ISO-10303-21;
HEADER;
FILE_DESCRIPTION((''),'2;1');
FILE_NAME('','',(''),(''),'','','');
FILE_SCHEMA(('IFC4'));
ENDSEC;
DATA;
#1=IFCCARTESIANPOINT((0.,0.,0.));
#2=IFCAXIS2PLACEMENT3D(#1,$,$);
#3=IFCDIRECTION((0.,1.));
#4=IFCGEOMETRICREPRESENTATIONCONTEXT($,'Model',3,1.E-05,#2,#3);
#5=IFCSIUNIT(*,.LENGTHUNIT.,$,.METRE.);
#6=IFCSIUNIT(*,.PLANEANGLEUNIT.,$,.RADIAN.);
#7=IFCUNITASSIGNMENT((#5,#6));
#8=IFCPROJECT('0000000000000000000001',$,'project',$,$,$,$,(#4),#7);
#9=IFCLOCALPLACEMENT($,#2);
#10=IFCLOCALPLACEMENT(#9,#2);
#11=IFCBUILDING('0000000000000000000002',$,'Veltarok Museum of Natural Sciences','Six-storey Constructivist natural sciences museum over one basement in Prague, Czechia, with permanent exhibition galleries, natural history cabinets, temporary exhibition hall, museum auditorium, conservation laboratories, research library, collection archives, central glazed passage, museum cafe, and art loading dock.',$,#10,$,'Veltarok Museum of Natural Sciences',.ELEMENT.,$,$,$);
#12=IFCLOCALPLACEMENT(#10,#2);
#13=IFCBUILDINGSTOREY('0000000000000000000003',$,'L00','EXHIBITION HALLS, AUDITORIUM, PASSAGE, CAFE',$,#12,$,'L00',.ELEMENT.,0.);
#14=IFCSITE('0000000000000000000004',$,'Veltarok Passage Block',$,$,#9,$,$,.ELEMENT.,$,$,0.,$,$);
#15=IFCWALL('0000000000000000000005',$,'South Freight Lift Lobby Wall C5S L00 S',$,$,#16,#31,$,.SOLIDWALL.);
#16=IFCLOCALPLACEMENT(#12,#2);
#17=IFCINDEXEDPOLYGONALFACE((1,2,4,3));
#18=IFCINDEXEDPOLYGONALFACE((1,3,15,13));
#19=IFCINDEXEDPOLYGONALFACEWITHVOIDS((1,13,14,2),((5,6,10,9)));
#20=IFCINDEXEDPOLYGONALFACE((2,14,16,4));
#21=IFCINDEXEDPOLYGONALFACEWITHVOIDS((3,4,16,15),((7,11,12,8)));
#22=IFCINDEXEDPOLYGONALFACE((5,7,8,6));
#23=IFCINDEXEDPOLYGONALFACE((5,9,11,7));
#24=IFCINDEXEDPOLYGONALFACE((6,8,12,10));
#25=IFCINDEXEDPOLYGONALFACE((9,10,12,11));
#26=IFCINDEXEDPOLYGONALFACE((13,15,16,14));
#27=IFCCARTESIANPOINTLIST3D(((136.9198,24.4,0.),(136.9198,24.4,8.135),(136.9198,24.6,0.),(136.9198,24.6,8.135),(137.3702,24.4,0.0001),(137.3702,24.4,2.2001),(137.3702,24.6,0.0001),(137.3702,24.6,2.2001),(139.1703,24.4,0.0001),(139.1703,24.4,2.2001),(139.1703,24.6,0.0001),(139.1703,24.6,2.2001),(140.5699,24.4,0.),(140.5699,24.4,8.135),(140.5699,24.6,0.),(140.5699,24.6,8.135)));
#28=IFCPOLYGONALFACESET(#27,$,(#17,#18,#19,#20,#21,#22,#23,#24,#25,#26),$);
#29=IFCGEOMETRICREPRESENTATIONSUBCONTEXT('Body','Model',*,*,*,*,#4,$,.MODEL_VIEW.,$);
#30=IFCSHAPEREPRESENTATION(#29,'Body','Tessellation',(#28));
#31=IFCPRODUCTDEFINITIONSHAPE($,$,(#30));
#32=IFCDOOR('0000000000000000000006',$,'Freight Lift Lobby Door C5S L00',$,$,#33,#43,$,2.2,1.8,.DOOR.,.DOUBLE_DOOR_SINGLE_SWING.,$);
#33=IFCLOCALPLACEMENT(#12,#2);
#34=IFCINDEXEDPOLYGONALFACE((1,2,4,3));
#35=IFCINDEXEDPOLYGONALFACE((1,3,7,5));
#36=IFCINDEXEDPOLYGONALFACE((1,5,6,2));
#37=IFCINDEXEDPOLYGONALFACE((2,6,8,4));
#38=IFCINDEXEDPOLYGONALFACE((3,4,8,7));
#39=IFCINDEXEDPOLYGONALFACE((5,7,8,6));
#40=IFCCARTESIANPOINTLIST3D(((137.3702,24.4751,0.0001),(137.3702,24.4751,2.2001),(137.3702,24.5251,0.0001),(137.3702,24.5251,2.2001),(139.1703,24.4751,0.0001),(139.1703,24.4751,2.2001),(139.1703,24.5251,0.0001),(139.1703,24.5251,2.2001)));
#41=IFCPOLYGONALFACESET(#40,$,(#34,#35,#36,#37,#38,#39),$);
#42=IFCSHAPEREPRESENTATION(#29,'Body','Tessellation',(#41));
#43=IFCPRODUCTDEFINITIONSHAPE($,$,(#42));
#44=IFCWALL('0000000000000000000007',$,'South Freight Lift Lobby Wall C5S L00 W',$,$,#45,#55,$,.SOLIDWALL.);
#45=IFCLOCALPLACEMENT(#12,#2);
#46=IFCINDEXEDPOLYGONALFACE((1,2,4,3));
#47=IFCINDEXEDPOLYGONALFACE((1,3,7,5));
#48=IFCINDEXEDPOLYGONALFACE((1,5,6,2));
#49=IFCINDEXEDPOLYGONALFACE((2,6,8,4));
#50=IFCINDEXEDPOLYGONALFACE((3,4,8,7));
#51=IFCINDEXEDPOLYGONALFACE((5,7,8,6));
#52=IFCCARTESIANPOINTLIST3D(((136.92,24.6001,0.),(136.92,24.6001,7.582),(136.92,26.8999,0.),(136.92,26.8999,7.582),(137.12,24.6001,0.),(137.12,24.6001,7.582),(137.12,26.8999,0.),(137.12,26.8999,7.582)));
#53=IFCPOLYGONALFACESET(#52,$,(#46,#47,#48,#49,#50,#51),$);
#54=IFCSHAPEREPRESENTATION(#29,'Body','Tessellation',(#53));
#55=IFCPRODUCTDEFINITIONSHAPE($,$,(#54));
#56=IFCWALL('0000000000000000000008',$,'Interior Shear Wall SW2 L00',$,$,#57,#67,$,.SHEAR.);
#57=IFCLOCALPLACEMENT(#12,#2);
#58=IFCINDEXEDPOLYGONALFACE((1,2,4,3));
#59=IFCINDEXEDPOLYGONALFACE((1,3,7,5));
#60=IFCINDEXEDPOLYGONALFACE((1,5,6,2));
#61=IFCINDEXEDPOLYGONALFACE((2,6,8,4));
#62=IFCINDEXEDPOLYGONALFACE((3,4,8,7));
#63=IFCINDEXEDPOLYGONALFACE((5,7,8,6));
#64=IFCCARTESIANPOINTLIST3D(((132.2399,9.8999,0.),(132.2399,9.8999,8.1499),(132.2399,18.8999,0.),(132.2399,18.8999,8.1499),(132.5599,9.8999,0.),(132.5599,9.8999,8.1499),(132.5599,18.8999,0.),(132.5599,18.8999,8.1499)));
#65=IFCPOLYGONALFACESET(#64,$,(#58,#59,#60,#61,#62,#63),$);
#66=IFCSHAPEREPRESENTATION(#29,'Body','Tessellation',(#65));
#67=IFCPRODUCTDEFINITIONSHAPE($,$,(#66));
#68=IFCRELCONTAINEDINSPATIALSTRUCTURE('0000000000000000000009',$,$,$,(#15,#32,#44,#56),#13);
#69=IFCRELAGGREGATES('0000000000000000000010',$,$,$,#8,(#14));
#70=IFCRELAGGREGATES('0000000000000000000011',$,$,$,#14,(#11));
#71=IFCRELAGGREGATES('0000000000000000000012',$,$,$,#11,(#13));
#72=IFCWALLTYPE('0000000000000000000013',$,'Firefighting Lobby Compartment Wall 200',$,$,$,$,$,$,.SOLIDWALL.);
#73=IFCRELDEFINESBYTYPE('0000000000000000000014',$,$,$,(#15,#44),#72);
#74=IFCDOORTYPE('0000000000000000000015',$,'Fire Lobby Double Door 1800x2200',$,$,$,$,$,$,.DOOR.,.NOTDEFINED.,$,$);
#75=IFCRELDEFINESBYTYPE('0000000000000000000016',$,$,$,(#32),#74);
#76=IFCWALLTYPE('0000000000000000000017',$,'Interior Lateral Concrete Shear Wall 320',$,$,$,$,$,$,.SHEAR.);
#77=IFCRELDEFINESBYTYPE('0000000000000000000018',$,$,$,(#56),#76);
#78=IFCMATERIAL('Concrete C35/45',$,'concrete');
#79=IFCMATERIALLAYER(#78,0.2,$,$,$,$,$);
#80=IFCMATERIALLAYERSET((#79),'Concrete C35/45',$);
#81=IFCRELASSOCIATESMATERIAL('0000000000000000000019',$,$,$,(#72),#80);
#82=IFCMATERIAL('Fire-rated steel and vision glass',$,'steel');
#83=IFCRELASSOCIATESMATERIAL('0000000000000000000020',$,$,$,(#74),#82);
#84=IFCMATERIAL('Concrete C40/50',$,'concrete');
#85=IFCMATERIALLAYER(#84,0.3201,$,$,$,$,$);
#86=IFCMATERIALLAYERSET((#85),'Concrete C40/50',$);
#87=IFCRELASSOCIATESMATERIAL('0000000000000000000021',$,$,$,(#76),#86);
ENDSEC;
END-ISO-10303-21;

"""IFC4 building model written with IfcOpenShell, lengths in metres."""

from ifc_helpers import new_model, si_unit, direction, frame, frame_2d, origin, place, context, subcontext, project, spatial, rectangle, extrude, material, layer, layer_set, type_object, element, fill, save


model = new_model("IFC4")

# Units and contexts
model_context = context("Model", 3, precision=1e-05, world=origin(), true_north=direction((0.0, 1.0)))
body_context = subcontext(model_context, "Body", "Model", "MODEL_VIEW")
ifc_project = project(units=[si_unit("LENGTHUNIT", "METRE"), si_unit("PLANEANGLEUNIT", "RADIAN")], contexts=[model_context])

# Site, building, storey
site_placement = place(None, origin())
site = spatial("IfcSite", under=ifc_project, at=site_placement, Name="Veltarok Passage Block", CompositionType="ELEMENT", RefElevation=0.0)
building_placement = place(site_placement, origin())
building = spatial("IfcBuilding", under=site, at=building_placement, Name="Veltarok Museum of Natural Sciences", Description="Six-storey Constructivist natural sciences museum over one basement in Prague, Czechia, with permanent exhibition galleries, natural history cabinets, temporary exhibition hall, museum auditorium, conservation laboratories, research library, collection archives, central glazed passage, museum cafe, and art loading dock.", LongName="Veltarok Museum of Natural Sciences", CompositionType="ELEMENT")
storey_placement = place(building_placement, origin())
storey = spatial("IfcBuildingStorey", under=building, at=storey_placement, Name="L00", Description="EXHIBITION HALLS, AUDITORIUM, PASSAGE, CAFE", LongName="L00", CompositionType="ELEMENT", Elevation=0.0)

# Shared definitions
ifc_material_1 = material(Name="Concrete C40/50", Category="concrete")

# Wall, opening, door
ifc_material_2 = material(Name="Concrete C35/45", Category="concrete")
ifc_layer_1 = layer(ifc_material_2, 0.2)
ifc_layer_set_1 = layer_set([ifc_layer_1], Name="Concrete C35/45")
wall_type_1 = type_object("IfcWallType", Name="Firefighting Lobby Compartment Wall 200", PredefinedType="SOLIDWALL", material=ifc_layer_set_1)
wall_1_placement = place(storey_placement, frame((140.5701, 24.5, 0.0), z_axis=(0.0, 0.0, 1.0), x_axis=(-1.0, 0.0, 0.0)))
wall_1 = element("IfcWall", 1, at=wall_1_placement, inside=storey, type_object=wall_type_1, Name="South Freight Lift Lobby Wall C5S L00 S", PredefinedType="SOLIDWALL", context=body_context, shape_type="SweptSolid", body=[
    extrude(rectangle(XDim=3.6501, YDim=0.2, at=frame_2d((1.8252, 0.0))), origin(), (0.0, 0.0, 1.0), 8.135),
])
opening_1_placement = place(wall_1_placement, frame((1.3999, 0.0, 0.0)))
opening_1 = element("IfcOpeningElement", 2, at=opening_1_placement, cuts=wall_1, PredefinedType="OPENING", context=body_context, shape_type="SweptSolid", body=[
    extrude(rectangle(XDim=1.8, YDim=2.2, at=frame_2d((0.8999, 1.1001))), frame((0.0, 0.1099, 0.0), z_axis=(0.0, -1.0, 0.0), x_axis=(1.0, 0.0, 0.0)), (0.0, 0.0, 1.0), 0.22),
])
ifc_material_3 = material(Name="Fire-rated steel and vision glass", Category="steel")
door_type_1 = type_object("IfcDoorType", Name="Fire Lobby Double Door 1800x2200", OperationType="NOTDEFINED", PredefinedType="DOOR", material=ifc_material_3)
door_1_placement = place(opening_1_placement, origin())
door_1 = element("IfcDoor", 3, at=door_1_placement, inside=storey, type_object=door_type_1, Name="Freight Lift Lobby Door C5S L00", OperationType="DOUBLE_DOOR_SINGLE_SWING", OverallHeight=2.2, OverallWidth=1.8, PredefinedType="DOOR", context=body_context, shape_type="SweptSolid", body=[
    extrude(rectangle(XDim=1.8, YDim=2.2, at=frame_2d((0.8999, 1.1001))), frame((0.0, 0.0249, 0.0), z_axis=(0.0, -1.0, 0.0), x_axis=(1.0, 0.0, 0.0)), (0.0, 0.0, 1.0), 0.05),
])
fill(opening_1, door_1)

# Walls
wall_2_placement = place(storey_placement, frame((137.02, 24.6001, 0.0), z_axis=(0.0, 0.0, 1.0), x_axis=(0.0, 1.0, 0.0)))
element("IfcWall", 4, at=wall_2_placement, inside=storey, type_object=wall_type_1, Name="South Freight Lift Lobby Wall C5S L00 W", PredefinedType="SOLIDWALL", context=body_context, shape_type="SweptSolid", body=[
    extrude(rectangle(XDim=2.2998, YDim=0.2, at=frame_2d((1.1499, 0.0))), origin(), (0.0, 0.0, 1.0), 7.582),
])
ifc_layer_2 = layer(ifc_material_1, 0.3201)
ifc_layer_set_2 = layer_set([ifc_layer_2], Name="Concrete C40/50")
wall_type_2 = type_object("IfcWallType", Name="Interior Lateral Concrete Shear Wall 320", PredefinedType="SHEAR", material=ifc_layer_set_2)
wall_3_placement = place(storey_placement, frame((132.3999, 9.8999, 0.0), z_axis=(0.0, 0.0, 1.0), x_axis=(0.0, 1.0, 0.0)))
element("IfcWall", 5, at=wall_3_placement, inside=storey, type_object=wall_type_2, Name="Interior Shear Wall SW2 L00", PredefinedType="SHEAR", context=body_context, shape_type="SweptSolid", body=[
    extrude(rectangle(XDim=9.0, YDim=0.3201, at=frame_2d((4.5, 0.0))), origin(), (0.0, 0.0, 1.0), 8.1499),
])

save(model, "model.ifc")
